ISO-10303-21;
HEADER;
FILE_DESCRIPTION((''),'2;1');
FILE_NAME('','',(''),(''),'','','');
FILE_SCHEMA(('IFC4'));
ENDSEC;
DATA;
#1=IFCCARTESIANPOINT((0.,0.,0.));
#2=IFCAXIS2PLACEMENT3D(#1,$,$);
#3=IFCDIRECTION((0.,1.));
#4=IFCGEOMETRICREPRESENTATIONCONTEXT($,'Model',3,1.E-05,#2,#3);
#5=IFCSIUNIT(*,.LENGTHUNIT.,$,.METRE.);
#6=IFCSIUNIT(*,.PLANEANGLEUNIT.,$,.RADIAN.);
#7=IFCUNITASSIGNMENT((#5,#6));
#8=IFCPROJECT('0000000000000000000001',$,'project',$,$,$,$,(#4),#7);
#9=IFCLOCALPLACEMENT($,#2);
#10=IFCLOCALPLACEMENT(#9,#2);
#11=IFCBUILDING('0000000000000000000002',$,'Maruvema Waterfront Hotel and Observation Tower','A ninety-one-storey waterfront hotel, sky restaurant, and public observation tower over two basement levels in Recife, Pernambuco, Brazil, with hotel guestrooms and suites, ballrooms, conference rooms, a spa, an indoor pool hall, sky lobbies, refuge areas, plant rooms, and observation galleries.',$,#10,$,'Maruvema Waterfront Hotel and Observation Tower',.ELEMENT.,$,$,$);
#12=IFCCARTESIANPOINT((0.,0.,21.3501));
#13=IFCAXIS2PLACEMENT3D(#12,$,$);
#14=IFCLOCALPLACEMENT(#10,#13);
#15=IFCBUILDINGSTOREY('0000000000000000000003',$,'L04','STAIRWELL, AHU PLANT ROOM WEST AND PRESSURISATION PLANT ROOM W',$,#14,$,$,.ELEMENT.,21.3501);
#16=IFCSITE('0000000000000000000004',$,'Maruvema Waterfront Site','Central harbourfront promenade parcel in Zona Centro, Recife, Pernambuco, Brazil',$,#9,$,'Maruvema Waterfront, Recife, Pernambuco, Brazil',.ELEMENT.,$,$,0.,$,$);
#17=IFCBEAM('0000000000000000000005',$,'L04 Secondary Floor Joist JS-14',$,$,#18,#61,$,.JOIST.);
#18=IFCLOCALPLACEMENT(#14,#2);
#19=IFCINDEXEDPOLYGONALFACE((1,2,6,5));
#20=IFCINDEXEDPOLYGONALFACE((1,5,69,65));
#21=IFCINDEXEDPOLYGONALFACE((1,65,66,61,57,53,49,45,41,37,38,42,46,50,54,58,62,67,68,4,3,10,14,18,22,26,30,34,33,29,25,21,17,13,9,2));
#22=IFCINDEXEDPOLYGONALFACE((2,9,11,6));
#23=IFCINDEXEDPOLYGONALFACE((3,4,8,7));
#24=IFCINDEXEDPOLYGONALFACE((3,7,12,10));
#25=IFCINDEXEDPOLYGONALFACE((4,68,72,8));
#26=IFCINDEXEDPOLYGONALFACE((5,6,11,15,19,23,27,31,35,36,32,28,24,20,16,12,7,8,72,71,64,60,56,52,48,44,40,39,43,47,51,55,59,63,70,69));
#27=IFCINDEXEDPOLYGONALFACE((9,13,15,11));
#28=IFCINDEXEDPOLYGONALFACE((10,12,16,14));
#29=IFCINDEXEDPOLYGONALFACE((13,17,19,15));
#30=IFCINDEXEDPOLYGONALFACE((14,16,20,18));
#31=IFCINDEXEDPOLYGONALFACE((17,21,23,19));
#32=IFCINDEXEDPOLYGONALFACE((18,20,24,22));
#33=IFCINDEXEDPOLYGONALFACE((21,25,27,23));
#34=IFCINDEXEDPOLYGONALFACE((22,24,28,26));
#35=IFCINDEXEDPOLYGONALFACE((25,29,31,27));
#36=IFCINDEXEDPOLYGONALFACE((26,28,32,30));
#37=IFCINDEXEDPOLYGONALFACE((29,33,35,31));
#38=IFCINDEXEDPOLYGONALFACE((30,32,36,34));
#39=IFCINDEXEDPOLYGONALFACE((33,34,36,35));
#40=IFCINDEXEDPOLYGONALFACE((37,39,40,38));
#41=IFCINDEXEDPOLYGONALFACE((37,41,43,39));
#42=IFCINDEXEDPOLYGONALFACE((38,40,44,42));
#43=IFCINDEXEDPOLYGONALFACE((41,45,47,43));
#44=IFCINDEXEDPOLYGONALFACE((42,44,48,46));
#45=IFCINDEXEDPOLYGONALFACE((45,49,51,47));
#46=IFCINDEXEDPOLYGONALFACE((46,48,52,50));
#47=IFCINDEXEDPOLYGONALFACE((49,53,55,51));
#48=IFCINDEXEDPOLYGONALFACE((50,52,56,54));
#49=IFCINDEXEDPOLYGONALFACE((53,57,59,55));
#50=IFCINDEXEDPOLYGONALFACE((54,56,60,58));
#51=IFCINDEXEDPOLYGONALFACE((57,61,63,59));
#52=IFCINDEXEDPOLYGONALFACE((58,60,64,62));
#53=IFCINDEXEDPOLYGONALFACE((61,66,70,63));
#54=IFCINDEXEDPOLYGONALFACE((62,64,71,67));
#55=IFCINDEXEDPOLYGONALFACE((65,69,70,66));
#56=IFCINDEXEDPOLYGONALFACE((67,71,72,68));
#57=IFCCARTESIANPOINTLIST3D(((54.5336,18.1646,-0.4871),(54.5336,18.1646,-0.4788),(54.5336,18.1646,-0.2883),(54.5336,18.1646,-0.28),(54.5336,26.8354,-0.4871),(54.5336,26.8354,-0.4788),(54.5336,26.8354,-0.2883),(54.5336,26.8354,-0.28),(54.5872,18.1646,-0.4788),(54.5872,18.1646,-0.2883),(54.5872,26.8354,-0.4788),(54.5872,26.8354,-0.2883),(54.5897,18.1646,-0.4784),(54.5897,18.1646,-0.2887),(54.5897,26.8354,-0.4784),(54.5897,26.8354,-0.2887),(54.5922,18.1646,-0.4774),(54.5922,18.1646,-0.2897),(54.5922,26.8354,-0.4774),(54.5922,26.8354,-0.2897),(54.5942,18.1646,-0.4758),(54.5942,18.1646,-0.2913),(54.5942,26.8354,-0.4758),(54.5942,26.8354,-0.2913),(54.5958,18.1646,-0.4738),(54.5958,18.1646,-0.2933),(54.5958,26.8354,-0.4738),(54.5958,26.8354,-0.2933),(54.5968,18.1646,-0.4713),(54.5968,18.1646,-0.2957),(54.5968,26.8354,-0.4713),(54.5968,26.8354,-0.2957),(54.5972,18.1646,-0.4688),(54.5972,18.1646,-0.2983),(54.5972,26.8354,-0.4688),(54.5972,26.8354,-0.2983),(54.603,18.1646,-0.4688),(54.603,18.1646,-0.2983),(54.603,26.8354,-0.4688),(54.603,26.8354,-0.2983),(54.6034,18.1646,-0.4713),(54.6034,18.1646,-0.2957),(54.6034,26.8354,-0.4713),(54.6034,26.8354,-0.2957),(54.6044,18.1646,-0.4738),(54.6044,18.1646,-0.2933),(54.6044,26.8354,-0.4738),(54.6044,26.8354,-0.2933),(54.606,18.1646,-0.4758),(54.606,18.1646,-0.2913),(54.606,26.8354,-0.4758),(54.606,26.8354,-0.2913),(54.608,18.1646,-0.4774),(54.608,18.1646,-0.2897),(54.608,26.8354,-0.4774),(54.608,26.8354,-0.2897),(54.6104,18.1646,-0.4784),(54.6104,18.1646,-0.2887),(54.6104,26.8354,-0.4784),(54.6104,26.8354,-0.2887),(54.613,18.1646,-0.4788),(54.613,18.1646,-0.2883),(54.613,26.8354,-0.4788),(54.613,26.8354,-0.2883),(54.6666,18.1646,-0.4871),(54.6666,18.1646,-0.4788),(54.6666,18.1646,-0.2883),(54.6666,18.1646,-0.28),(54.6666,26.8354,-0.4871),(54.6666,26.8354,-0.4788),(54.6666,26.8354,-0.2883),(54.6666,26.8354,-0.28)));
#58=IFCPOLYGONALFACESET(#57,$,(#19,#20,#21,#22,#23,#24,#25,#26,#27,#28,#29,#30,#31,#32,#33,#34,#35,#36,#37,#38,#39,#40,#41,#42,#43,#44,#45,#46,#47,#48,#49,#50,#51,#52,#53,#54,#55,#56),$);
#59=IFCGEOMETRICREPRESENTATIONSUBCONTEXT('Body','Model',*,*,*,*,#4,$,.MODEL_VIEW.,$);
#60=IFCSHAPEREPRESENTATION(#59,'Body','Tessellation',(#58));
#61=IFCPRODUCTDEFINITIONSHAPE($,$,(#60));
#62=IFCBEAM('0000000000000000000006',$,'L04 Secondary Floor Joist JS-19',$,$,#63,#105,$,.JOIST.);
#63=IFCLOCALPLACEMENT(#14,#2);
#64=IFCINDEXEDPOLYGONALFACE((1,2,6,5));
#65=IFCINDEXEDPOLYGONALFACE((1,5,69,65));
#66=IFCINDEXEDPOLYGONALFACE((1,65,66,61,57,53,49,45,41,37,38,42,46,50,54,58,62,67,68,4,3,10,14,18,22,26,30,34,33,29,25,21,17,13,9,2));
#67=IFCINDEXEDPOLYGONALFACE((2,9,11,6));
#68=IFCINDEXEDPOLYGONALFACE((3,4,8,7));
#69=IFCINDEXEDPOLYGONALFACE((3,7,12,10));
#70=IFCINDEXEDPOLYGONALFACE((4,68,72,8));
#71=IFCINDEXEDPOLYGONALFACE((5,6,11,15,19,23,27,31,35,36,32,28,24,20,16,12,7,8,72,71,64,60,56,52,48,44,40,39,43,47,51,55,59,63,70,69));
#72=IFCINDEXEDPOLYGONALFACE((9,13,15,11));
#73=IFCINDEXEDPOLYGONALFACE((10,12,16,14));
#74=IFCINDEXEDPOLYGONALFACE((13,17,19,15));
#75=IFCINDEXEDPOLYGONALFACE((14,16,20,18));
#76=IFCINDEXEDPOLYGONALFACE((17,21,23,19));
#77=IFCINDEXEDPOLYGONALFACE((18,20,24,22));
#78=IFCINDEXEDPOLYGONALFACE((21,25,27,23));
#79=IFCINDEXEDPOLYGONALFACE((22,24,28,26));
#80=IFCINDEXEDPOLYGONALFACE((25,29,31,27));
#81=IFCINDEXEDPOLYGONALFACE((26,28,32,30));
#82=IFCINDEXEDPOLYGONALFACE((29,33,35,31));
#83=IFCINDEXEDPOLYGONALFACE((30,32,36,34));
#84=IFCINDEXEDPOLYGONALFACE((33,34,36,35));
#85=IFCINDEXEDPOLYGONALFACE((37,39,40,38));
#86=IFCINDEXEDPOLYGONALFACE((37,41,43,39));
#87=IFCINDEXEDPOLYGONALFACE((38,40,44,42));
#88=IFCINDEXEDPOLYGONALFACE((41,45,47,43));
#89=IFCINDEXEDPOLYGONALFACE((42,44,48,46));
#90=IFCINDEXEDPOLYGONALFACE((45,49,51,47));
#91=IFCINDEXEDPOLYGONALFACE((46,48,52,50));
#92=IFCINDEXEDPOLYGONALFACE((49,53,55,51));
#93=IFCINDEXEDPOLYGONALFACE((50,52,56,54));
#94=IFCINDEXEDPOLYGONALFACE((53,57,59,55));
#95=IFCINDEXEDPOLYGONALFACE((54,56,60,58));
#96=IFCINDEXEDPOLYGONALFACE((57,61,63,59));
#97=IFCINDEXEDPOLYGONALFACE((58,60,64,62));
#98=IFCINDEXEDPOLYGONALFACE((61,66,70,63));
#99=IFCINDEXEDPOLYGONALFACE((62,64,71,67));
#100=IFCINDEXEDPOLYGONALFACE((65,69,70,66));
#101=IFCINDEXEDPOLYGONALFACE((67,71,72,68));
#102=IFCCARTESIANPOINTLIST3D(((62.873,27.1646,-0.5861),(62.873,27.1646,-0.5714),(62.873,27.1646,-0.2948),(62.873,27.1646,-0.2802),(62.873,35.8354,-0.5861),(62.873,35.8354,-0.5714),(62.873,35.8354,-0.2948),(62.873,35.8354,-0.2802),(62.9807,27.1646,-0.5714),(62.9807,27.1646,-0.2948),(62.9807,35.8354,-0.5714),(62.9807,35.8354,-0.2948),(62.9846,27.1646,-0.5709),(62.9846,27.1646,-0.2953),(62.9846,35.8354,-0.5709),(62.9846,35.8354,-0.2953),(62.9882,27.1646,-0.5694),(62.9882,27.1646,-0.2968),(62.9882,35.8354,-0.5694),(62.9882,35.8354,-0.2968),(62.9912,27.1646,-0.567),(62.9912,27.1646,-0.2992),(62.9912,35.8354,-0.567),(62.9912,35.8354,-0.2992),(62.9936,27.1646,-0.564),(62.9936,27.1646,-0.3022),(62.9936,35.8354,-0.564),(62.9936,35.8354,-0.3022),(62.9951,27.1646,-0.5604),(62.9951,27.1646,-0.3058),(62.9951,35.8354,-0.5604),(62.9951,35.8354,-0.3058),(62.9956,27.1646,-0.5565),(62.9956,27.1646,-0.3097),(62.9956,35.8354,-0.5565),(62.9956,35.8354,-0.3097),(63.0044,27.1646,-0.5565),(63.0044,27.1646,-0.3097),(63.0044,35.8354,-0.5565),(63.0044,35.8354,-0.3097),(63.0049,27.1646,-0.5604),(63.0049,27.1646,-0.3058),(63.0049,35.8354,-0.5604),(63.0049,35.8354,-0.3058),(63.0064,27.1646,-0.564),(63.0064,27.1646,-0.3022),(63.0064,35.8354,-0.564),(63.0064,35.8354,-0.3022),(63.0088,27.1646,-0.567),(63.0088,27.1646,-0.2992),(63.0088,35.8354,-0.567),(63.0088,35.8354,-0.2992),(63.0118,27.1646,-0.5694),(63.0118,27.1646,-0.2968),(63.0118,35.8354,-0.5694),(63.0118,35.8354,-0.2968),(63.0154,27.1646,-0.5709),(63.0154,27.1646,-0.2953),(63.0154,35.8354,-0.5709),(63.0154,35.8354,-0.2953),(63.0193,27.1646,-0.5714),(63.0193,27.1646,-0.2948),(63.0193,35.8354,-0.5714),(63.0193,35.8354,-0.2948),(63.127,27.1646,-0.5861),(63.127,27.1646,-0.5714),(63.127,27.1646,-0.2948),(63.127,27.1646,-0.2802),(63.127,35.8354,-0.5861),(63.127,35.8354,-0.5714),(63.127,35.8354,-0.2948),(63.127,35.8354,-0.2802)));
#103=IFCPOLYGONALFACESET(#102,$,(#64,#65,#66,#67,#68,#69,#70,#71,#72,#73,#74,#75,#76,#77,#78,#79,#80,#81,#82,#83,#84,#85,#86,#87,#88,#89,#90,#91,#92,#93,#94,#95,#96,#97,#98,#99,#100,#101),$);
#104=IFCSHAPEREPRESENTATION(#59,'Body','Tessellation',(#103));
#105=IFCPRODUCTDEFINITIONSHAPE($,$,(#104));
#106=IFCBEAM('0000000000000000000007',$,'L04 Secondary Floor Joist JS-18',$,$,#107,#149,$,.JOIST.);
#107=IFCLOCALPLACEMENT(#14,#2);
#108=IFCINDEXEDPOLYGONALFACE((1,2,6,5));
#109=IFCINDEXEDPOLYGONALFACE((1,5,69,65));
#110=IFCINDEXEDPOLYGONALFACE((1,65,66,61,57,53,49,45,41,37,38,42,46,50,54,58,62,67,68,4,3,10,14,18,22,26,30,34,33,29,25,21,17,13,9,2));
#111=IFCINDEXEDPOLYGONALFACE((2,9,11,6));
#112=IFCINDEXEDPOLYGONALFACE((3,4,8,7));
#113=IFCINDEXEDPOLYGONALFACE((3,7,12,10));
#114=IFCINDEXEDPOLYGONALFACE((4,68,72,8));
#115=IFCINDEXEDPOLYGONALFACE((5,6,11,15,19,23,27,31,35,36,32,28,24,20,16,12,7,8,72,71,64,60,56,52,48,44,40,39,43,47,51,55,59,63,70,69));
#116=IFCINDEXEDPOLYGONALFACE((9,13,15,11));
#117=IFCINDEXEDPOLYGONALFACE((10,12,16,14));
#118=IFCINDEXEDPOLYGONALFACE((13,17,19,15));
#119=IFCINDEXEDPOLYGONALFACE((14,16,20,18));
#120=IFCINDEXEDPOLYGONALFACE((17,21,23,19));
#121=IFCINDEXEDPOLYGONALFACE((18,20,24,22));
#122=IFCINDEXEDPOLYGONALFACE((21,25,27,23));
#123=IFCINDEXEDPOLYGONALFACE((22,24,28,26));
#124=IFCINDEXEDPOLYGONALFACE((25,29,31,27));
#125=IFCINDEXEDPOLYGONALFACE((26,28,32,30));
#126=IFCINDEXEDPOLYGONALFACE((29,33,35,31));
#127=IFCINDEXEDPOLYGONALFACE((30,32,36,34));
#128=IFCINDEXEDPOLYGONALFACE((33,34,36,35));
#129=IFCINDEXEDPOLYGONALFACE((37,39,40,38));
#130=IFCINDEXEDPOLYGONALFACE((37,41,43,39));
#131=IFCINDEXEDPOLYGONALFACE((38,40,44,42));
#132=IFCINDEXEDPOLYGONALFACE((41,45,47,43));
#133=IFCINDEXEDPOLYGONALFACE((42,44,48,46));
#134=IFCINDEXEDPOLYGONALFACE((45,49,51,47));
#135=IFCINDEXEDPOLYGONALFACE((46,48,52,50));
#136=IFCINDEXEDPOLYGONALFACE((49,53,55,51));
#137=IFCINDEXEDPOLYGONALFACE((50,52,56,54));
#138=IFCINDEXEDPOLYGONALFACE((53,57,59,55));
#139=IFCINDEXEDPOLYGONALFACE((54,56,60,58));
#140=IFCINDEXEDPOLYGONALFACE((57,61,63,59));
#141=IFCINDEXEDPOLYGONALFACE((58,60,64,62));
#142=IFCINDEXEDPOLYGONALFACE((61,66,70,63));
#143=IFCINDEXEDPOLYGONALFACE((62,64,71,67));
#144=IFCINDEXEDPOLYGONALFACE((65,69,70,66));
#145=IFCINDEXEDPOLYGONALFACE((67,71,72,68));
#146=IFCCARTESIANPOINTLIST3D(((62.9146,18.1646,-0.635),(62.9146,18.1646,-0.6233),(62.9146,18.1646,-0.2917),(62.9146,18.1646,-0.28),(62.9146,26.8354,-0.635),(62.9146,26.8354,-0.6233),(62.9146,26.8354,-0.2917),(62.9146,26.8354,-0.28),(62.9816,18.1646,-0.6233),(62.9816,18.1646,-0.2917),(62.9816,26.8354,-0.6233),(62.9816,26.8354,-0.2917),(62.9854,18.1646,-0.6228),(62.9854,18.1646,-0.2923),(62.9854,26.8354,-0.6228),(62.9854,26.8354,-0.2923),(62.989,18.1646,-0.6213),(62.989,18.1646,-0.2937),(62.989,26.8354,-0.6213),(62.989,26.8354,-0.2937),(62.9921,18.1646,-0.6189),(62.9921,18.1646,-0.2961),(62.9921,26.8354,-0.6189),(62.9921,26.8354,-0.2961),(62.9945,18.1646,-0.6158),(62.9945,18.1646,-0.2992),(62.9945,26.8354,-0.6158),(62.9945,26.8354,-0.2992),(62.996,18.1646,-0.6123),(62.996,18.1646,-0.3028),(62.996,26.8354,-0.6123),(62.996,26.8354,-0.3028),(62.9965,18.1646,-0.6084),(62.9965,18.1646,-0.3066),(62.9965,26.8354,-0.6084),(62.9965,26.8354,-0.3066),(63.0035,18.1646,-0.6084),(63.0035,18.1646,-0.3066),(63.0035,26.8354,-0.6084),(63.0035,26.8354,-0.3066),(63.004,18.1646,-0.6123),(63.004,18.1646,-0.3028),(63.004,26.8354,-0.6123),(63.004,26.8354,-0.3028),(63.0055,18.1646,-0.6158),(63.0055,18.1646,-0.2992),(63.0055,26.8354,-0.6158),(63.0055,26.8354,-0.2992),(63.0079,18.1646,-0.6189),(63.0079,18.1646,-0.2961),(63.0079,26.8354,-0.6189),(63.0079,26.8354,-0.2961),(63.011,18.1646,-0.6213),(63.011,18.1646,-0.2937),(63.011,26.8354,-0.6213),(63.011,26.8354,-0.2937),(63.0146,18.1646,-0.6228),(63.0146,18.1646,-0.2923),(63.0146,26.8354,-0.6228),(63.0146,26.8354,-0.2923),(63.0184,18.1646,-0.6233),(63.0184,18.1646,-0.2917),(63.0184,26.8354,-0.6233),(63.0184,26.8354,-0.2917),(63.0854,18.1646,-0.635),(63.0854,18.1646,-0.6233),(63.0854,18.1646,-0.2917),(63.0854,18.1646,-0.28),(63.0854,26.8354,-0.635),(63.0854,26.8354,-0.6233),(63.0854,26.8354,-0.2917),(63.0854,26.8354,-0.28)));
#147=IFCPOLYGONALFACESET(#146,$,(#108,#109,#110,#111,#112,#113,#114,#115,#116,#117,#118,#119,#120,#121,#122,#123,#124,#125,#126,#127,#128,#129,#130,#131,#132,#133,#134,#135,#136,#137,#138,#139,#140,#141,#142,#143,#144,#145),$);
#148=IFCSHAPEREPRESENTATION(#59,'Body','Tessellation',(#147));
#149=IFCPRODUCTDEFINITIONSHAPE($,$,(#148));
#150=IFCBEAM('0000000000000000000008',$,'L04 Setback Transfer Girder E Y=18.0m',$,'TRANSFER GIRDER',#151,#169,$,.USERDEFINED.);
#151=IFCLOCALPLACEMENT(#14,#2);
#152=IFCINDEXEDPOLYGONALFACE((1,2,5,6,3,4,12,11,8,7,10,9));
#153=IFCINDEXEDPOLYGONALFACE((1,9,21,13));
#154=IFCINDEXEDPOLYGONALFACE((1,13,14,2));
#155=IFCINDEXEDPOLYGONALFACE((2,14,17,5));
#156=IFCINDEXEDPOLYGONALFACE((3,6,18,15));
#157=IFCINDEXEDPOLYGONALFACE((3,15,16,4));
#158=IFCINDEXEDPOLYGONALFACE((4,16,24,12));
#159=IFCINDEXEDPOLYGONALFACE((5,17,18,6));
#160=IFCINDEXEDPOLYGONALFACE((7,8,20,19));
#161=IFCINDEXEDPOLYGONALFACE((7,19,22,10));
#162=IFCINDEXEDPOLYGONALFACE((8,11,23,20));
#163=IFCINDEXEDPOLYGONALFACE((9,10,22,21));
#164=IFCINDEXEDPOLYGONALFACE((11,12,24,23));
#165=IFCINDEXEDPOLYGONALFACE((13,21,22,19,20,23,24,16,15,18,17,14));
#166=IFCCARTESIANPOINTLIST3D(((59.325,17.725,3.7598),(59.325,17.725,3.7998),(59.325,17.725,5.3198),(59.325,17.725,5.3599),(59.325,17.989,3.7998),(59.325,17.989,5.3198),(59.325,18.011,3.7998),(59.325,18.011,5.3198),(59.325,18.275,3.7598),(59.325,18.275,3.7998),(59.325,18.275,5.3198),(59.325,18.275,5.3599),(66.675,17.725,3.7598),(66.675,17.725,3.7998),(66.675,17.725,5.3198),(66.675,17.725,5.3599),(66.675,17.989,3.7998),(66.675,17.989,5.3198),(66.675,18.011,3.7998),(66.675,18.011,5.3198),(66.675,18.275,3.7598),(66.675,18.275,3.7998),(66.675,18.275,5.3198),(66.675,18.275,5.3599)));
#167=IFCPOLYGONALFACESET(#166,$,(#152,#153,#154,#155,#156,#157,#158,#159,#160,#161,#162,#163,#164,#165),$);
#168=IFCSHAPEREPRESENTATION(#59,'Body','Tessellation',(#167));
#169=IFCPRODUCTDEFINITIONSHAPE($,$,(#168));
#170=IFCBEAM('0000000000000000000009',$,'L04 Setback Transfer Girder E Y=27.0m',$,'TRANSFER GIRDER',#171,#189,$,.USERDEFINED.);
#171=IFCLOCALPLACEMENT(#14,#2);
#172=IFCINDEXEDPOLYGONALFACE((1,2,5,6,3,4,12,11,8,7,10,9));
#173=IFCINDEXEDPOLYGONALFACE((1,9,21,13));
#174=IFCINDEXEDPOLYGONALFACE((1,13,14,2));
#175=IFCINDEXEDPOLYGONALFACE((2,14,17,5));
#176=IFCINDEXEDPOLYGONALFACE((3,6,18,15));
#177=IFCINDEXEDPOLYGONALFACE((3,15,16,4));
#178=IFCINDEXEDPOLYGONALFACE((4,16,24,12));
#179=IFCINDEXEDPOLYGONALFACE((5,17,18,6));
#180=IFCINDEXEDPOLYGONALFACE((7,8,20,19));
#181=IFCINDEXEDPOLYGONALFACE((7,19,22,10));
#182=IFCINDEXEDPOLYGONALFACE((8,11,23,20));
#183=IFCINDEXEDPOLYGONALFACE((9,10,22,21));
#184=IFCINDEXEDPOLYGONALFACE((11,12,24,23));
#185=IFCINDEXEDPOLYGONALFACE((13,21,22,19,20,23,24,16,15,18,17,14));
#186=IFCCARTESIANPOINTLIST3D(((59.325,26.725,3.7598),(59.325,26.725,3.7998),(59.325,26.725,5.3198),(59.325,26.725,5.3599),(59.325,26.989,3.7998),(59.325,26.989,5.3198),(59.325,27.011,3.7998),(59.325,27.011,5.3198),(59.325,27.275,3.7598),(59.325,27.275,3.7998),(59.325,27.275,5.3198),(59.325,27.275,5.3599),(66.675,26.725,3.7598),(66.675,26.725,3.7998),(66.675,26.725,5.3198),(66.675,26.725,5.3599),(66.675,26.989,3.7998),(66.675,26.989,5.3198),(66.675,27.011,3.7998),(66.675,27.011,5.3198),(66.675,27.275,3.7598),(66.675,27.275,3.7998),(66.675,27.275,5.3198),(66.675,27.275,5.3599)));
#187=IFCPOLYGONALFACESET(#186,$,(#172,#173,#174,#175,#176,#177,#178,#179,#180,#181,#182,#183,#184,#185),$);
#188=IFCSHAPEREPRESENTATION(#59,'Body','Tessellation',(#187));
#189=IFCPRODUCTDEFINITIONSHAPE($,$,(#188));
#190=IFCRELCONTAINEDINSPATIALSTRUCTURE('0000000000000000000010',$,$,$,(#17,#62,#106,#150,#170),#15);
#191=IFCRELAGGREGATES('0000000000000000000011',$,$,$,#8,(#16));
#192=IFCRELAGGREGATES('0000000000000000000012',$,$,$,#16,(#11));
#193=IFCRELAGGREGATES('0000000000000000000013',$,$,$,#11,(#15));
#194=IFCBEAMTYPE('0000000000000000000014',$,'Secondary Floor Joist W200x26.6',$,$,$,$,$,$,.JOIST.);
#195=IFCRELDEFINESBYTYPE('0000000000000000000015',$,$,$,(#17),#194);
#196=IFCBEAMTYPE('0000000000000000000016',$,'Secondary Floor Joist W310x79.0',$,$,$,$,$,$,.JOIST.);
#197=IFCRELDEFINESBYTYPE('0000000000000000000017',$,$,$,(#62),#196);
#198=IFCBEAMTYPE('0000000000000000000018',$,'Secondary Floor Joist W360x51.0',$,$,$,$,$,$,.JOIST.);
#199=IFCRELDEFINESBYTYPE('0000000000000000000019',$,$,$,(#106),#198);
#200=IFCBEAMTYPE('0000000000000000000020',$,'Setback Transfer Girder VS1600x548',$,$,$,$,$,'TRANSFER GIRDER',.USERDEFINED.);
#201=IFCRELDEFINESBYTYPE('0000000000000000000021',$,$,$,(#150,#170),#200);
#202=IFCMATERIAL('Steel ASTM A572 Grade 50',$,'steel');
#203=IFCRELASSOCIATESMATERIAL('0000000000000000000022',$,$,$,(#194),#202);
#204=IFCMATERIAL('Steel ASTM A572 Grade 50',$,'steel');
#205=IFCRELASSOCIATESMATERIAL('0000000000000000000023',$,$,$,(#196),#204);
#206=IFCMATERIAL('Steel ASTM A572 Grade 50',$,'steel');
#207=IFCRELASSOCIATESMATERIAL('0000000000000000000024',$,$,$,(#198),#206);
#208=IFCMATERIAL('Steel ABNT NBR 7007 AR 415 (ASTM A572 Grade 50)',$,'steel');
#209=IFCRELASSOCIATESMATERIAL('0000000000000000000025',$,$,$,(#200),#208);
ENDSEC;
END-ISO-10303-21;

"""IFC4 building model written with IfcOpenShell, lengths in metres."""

from ifc_helpers import new_model, si_unit, direction, frame, origin, origin_2d, place, context, subcontext, project, spatial, i_section, extrude, material, material_profile, profile_set, type_object, element, save


model = new_model("IFC4")

# Units and contexts
model_context = context("Model", 3, precision=1e-05, world=origin(), true_north=direction((0.0, 1.0)))
body_context = subcontext(model_context, "Body", "Model", "MODEL_VIEW")
ifc_project = project(units=[si_unit("LENGTHUNIT", "METRE"), si_unit("PLANEANGLEUNIT", "RADIAN")], contexts=[model_context])

# Site, building, storey
site_placement = place(None, origin())
site = spatial("IfcSite", under=ifc_project, at=site_placement, Name="Maruvema Waterfront Site", Description="Central harbourfront promenade parcel in Zona Centro, Recife, Pernambuco, Brazil", LongName="Maruvema Waterfront, Recife, Pernambuco, Brazil", CompositionType="ELEMENT", RefElevation=0.0)
building_placement = place(site_placement, origin())
building = spatial("IfcBuilding", under=site, at=building_placement, Name="Maruvema Waterfront Hotel and Observation Tower", Description="A ninety-one-storey waterfront hotel, sky restaurant, and public observation tower over two basement levels in Recife, Pernambuco, Brazil, with hotel guestrooms and suites, ballrooms, conference rooms, a spa, an indoor pool hall, sky lobbies, refuge areas, plant rooms, and observation galleries.", LongName="Maruvema Waterfront Hotel and Observation Tower", CompositionType="ELEMENT")
storey_placement = place(building_placement, frame((0.0, 0.0, 21.3501)))
storey = spatial("IfcBuildingStorey", under=building, at=storey_placement, Name="L04", Description="STAIRWELL, AHU PLANT ROOM WEST AND PRESSURISATION PLANT ROOM W", CompositionType="ELEMENT", Elevation=21.3501)

# Beams
ifc_material_1 = material(Name="Steel ASTM A572 Grade 50", Category="steel")
ifc_material_profile_1 = material_profile(ifc_material_1, i_section(OverallWidth=0.1331, OverallDepth=0.207, WebThickness=0.0059, FlangeThickness=0.0083, FilletRadius=0.01, at=origin_2d()), Name="W200x26.6")
ifc_profile_set_1 = profile_set([ifc_material_profile_1], Name="Steel ASTM A572 Grade 50")
beam_type_1 = type_object("IfcBeamType", Name="Secondary Floor Joist W200x26.6", PredefinedType="JOIST", material=ifc_profile_set_1)
beam_1_placement = place(storey_placement, frame((54.6001, 18.1646, -0.3835), z_axis=(0.0, 1.0, 0.0), x_axis=(-1.0, 0.0, 0.0)))
element("IfcBeam", 1, at=beam_1_placement, inside=storey, type_object=beam_type_1, Name="L04 Secondary Floor Joist JS-14", PredefinedType="JOIST", context=body_context, shape_type="SweptSolid", body=[
    extrude(i_section(OverallWidth=0.1331, OverallDepth=0.207, WebThickness=0.0059, FlangeThickness=0.0083, FilletRadius=0.01, at=origin_2d()), origin(), (0.0, 0.0, 1.0), 8.6709),
])
ifc_material_2 = material(Name="Steel ASTM A572 Grade 50", Category="steel")
ifc_material_profile_2 = material_profile(ifc_material_2, i_section(OverallWidth=0.2539, OverallDepth=0.3059, WebThickness=0.0088, FlangeThickness=0.0146, FilletRadius=0.0149, at=origin_2d()), Name="W310x79.0")
ifc_profile_set_2 = profile_set([ifc_material_profile_2], Name="Steel ASTM A572 Grade 50")
beam_type_2 = type_object("IfcBeamType", Name="Secondary Floor Joist W310x79.0", PredefinedType="JOIST", material=ifc_profile_set_2)
beam_2_placement = place(storey_placement, frame((63.0, 27.1646, -0.4331), z_axis=(0.0, 1.0, 0.0), x_axis=(-1.0, 0.0, 0.0)))
element("IfcBeam", 2, at=beam_2_placement, inside=storey, type_object=beam_type_2, Name="L04 Secondary Floor Joist JS-19", PredefinedType="JOIST", context=body_context, shape_type="SweptSolid", body=[
    extrude(i_section(OverallWidth=0.2539, OverallDepth=0.3059, WebThickness=0.0088, FlangeThickness=0.0146, FilletRadius=0.0149, at=origin_2d()), origin(), (0.0, 0.0, 1.0), 8.6709),
])
ifc_material_3 = material(Name="Steel ASTM A572 Grade 50", Category="steel")
ifc_material_profile_3 = material_profile(ifc_material_3, i_section(OverallWidth=0.1709, OverallDepth=0.355, WebThickness=0.0071, FlangeThickness=0.0117, FilletRadius=0.0149, at=origin_2d()), Name="W360x51.0")
ifc_profile_set_3 = profile_set([ifc_material_profile_3], Name="Steel ASTM A572 Grade 50")
beam_type_3 = type_object("IfcBeamType", Name="Secondary Floor Joist W360x51.0", PredefinedType="JOIST", material=ifc_profile_set_3)
beam_3_placement = place(storey_placement, frame((63.0, 18.1646, -0.4575), z_axis=(0.0, 1.0, 0.0), x_axis=(-1.0, 0.0, 0.0)))
element("IfcBeam", 3, at=beam_3_placement, inside=storey, type_object=beam_type_3, Name="L04 Secondary Floor Joist JS-18", PredefinedType="JOIST", context=body_context, shape_type="SweptSolid", body=[
    extrude(i_section(OverallWidth=0.1709, OverallDepth=0.355, WebThickness=0.0071, FlangeThickness=0.0117, FilletRadius=0.0149, at=origin_2d()), origin(), (0.0, 0.0, 1.0), 8.6709),
])
ifc_material_4 = material(Name="Steel ABNT NBR 7007 AR 415 (ASTM A572 Grade 50)", Category="steel")
ifc_material_profile_4 = material_profile(ifc_material_4, i_section(OverallWidth=0.55, OverallDepth=1.6001, WebThickness=0.022, FlangeThickness=0.04, at=origin_2d()), Name="VS1600x548")
ifc_profile_set_4 = profile_set([ifc_material_profile_4], Name="Steel ABNT NBR 7007 AR 415 (ASTM A572 Grade 50)")
beam_type_4 = type_object("IfcBeamType", Name="Setback Transfer Girder VS1600x548", ElementType="TRANSFER GIRDER", PredefinedType="USERDEFINED", material=ifc_profile_set_4)
for number, where, z_axis, x_axis, name in (
    (4, (59.325, 18.0, 4.5598), (1.0, 0.0, 0.0), (0.0, 1.0, 0.0), "L04 Setback Transfer Girder E Y=18.0m"),
    (5, (59.325, 27.0, 4.5598), (1.0, 0.0, 0.0), (0.0, 1.0, 0.0), "L04 Setback Transfer Girder E Y=27.0m"),
):
    element("IfcBeam", number, at=place(storey_placement, frame(where, z_axis=z_axis, x_axis=x_axis)), inside=storey, type_object=beam_type_4, Name=name, ObjectType="TRANSFER GIRDER", PredefinedType="USERDEFINED", context=body_context, shape_type="SweptSolid", body=[
        extrude(i_section(OverallWidth=0.55, OverallDepth=1.6001, WebThickness=0.022, FlangeThickness=0.04, at=origin_2d()), origin(), (0.0, 0.0, 1.0), 7.3501),
    ])

save(model, "model.ifc")
